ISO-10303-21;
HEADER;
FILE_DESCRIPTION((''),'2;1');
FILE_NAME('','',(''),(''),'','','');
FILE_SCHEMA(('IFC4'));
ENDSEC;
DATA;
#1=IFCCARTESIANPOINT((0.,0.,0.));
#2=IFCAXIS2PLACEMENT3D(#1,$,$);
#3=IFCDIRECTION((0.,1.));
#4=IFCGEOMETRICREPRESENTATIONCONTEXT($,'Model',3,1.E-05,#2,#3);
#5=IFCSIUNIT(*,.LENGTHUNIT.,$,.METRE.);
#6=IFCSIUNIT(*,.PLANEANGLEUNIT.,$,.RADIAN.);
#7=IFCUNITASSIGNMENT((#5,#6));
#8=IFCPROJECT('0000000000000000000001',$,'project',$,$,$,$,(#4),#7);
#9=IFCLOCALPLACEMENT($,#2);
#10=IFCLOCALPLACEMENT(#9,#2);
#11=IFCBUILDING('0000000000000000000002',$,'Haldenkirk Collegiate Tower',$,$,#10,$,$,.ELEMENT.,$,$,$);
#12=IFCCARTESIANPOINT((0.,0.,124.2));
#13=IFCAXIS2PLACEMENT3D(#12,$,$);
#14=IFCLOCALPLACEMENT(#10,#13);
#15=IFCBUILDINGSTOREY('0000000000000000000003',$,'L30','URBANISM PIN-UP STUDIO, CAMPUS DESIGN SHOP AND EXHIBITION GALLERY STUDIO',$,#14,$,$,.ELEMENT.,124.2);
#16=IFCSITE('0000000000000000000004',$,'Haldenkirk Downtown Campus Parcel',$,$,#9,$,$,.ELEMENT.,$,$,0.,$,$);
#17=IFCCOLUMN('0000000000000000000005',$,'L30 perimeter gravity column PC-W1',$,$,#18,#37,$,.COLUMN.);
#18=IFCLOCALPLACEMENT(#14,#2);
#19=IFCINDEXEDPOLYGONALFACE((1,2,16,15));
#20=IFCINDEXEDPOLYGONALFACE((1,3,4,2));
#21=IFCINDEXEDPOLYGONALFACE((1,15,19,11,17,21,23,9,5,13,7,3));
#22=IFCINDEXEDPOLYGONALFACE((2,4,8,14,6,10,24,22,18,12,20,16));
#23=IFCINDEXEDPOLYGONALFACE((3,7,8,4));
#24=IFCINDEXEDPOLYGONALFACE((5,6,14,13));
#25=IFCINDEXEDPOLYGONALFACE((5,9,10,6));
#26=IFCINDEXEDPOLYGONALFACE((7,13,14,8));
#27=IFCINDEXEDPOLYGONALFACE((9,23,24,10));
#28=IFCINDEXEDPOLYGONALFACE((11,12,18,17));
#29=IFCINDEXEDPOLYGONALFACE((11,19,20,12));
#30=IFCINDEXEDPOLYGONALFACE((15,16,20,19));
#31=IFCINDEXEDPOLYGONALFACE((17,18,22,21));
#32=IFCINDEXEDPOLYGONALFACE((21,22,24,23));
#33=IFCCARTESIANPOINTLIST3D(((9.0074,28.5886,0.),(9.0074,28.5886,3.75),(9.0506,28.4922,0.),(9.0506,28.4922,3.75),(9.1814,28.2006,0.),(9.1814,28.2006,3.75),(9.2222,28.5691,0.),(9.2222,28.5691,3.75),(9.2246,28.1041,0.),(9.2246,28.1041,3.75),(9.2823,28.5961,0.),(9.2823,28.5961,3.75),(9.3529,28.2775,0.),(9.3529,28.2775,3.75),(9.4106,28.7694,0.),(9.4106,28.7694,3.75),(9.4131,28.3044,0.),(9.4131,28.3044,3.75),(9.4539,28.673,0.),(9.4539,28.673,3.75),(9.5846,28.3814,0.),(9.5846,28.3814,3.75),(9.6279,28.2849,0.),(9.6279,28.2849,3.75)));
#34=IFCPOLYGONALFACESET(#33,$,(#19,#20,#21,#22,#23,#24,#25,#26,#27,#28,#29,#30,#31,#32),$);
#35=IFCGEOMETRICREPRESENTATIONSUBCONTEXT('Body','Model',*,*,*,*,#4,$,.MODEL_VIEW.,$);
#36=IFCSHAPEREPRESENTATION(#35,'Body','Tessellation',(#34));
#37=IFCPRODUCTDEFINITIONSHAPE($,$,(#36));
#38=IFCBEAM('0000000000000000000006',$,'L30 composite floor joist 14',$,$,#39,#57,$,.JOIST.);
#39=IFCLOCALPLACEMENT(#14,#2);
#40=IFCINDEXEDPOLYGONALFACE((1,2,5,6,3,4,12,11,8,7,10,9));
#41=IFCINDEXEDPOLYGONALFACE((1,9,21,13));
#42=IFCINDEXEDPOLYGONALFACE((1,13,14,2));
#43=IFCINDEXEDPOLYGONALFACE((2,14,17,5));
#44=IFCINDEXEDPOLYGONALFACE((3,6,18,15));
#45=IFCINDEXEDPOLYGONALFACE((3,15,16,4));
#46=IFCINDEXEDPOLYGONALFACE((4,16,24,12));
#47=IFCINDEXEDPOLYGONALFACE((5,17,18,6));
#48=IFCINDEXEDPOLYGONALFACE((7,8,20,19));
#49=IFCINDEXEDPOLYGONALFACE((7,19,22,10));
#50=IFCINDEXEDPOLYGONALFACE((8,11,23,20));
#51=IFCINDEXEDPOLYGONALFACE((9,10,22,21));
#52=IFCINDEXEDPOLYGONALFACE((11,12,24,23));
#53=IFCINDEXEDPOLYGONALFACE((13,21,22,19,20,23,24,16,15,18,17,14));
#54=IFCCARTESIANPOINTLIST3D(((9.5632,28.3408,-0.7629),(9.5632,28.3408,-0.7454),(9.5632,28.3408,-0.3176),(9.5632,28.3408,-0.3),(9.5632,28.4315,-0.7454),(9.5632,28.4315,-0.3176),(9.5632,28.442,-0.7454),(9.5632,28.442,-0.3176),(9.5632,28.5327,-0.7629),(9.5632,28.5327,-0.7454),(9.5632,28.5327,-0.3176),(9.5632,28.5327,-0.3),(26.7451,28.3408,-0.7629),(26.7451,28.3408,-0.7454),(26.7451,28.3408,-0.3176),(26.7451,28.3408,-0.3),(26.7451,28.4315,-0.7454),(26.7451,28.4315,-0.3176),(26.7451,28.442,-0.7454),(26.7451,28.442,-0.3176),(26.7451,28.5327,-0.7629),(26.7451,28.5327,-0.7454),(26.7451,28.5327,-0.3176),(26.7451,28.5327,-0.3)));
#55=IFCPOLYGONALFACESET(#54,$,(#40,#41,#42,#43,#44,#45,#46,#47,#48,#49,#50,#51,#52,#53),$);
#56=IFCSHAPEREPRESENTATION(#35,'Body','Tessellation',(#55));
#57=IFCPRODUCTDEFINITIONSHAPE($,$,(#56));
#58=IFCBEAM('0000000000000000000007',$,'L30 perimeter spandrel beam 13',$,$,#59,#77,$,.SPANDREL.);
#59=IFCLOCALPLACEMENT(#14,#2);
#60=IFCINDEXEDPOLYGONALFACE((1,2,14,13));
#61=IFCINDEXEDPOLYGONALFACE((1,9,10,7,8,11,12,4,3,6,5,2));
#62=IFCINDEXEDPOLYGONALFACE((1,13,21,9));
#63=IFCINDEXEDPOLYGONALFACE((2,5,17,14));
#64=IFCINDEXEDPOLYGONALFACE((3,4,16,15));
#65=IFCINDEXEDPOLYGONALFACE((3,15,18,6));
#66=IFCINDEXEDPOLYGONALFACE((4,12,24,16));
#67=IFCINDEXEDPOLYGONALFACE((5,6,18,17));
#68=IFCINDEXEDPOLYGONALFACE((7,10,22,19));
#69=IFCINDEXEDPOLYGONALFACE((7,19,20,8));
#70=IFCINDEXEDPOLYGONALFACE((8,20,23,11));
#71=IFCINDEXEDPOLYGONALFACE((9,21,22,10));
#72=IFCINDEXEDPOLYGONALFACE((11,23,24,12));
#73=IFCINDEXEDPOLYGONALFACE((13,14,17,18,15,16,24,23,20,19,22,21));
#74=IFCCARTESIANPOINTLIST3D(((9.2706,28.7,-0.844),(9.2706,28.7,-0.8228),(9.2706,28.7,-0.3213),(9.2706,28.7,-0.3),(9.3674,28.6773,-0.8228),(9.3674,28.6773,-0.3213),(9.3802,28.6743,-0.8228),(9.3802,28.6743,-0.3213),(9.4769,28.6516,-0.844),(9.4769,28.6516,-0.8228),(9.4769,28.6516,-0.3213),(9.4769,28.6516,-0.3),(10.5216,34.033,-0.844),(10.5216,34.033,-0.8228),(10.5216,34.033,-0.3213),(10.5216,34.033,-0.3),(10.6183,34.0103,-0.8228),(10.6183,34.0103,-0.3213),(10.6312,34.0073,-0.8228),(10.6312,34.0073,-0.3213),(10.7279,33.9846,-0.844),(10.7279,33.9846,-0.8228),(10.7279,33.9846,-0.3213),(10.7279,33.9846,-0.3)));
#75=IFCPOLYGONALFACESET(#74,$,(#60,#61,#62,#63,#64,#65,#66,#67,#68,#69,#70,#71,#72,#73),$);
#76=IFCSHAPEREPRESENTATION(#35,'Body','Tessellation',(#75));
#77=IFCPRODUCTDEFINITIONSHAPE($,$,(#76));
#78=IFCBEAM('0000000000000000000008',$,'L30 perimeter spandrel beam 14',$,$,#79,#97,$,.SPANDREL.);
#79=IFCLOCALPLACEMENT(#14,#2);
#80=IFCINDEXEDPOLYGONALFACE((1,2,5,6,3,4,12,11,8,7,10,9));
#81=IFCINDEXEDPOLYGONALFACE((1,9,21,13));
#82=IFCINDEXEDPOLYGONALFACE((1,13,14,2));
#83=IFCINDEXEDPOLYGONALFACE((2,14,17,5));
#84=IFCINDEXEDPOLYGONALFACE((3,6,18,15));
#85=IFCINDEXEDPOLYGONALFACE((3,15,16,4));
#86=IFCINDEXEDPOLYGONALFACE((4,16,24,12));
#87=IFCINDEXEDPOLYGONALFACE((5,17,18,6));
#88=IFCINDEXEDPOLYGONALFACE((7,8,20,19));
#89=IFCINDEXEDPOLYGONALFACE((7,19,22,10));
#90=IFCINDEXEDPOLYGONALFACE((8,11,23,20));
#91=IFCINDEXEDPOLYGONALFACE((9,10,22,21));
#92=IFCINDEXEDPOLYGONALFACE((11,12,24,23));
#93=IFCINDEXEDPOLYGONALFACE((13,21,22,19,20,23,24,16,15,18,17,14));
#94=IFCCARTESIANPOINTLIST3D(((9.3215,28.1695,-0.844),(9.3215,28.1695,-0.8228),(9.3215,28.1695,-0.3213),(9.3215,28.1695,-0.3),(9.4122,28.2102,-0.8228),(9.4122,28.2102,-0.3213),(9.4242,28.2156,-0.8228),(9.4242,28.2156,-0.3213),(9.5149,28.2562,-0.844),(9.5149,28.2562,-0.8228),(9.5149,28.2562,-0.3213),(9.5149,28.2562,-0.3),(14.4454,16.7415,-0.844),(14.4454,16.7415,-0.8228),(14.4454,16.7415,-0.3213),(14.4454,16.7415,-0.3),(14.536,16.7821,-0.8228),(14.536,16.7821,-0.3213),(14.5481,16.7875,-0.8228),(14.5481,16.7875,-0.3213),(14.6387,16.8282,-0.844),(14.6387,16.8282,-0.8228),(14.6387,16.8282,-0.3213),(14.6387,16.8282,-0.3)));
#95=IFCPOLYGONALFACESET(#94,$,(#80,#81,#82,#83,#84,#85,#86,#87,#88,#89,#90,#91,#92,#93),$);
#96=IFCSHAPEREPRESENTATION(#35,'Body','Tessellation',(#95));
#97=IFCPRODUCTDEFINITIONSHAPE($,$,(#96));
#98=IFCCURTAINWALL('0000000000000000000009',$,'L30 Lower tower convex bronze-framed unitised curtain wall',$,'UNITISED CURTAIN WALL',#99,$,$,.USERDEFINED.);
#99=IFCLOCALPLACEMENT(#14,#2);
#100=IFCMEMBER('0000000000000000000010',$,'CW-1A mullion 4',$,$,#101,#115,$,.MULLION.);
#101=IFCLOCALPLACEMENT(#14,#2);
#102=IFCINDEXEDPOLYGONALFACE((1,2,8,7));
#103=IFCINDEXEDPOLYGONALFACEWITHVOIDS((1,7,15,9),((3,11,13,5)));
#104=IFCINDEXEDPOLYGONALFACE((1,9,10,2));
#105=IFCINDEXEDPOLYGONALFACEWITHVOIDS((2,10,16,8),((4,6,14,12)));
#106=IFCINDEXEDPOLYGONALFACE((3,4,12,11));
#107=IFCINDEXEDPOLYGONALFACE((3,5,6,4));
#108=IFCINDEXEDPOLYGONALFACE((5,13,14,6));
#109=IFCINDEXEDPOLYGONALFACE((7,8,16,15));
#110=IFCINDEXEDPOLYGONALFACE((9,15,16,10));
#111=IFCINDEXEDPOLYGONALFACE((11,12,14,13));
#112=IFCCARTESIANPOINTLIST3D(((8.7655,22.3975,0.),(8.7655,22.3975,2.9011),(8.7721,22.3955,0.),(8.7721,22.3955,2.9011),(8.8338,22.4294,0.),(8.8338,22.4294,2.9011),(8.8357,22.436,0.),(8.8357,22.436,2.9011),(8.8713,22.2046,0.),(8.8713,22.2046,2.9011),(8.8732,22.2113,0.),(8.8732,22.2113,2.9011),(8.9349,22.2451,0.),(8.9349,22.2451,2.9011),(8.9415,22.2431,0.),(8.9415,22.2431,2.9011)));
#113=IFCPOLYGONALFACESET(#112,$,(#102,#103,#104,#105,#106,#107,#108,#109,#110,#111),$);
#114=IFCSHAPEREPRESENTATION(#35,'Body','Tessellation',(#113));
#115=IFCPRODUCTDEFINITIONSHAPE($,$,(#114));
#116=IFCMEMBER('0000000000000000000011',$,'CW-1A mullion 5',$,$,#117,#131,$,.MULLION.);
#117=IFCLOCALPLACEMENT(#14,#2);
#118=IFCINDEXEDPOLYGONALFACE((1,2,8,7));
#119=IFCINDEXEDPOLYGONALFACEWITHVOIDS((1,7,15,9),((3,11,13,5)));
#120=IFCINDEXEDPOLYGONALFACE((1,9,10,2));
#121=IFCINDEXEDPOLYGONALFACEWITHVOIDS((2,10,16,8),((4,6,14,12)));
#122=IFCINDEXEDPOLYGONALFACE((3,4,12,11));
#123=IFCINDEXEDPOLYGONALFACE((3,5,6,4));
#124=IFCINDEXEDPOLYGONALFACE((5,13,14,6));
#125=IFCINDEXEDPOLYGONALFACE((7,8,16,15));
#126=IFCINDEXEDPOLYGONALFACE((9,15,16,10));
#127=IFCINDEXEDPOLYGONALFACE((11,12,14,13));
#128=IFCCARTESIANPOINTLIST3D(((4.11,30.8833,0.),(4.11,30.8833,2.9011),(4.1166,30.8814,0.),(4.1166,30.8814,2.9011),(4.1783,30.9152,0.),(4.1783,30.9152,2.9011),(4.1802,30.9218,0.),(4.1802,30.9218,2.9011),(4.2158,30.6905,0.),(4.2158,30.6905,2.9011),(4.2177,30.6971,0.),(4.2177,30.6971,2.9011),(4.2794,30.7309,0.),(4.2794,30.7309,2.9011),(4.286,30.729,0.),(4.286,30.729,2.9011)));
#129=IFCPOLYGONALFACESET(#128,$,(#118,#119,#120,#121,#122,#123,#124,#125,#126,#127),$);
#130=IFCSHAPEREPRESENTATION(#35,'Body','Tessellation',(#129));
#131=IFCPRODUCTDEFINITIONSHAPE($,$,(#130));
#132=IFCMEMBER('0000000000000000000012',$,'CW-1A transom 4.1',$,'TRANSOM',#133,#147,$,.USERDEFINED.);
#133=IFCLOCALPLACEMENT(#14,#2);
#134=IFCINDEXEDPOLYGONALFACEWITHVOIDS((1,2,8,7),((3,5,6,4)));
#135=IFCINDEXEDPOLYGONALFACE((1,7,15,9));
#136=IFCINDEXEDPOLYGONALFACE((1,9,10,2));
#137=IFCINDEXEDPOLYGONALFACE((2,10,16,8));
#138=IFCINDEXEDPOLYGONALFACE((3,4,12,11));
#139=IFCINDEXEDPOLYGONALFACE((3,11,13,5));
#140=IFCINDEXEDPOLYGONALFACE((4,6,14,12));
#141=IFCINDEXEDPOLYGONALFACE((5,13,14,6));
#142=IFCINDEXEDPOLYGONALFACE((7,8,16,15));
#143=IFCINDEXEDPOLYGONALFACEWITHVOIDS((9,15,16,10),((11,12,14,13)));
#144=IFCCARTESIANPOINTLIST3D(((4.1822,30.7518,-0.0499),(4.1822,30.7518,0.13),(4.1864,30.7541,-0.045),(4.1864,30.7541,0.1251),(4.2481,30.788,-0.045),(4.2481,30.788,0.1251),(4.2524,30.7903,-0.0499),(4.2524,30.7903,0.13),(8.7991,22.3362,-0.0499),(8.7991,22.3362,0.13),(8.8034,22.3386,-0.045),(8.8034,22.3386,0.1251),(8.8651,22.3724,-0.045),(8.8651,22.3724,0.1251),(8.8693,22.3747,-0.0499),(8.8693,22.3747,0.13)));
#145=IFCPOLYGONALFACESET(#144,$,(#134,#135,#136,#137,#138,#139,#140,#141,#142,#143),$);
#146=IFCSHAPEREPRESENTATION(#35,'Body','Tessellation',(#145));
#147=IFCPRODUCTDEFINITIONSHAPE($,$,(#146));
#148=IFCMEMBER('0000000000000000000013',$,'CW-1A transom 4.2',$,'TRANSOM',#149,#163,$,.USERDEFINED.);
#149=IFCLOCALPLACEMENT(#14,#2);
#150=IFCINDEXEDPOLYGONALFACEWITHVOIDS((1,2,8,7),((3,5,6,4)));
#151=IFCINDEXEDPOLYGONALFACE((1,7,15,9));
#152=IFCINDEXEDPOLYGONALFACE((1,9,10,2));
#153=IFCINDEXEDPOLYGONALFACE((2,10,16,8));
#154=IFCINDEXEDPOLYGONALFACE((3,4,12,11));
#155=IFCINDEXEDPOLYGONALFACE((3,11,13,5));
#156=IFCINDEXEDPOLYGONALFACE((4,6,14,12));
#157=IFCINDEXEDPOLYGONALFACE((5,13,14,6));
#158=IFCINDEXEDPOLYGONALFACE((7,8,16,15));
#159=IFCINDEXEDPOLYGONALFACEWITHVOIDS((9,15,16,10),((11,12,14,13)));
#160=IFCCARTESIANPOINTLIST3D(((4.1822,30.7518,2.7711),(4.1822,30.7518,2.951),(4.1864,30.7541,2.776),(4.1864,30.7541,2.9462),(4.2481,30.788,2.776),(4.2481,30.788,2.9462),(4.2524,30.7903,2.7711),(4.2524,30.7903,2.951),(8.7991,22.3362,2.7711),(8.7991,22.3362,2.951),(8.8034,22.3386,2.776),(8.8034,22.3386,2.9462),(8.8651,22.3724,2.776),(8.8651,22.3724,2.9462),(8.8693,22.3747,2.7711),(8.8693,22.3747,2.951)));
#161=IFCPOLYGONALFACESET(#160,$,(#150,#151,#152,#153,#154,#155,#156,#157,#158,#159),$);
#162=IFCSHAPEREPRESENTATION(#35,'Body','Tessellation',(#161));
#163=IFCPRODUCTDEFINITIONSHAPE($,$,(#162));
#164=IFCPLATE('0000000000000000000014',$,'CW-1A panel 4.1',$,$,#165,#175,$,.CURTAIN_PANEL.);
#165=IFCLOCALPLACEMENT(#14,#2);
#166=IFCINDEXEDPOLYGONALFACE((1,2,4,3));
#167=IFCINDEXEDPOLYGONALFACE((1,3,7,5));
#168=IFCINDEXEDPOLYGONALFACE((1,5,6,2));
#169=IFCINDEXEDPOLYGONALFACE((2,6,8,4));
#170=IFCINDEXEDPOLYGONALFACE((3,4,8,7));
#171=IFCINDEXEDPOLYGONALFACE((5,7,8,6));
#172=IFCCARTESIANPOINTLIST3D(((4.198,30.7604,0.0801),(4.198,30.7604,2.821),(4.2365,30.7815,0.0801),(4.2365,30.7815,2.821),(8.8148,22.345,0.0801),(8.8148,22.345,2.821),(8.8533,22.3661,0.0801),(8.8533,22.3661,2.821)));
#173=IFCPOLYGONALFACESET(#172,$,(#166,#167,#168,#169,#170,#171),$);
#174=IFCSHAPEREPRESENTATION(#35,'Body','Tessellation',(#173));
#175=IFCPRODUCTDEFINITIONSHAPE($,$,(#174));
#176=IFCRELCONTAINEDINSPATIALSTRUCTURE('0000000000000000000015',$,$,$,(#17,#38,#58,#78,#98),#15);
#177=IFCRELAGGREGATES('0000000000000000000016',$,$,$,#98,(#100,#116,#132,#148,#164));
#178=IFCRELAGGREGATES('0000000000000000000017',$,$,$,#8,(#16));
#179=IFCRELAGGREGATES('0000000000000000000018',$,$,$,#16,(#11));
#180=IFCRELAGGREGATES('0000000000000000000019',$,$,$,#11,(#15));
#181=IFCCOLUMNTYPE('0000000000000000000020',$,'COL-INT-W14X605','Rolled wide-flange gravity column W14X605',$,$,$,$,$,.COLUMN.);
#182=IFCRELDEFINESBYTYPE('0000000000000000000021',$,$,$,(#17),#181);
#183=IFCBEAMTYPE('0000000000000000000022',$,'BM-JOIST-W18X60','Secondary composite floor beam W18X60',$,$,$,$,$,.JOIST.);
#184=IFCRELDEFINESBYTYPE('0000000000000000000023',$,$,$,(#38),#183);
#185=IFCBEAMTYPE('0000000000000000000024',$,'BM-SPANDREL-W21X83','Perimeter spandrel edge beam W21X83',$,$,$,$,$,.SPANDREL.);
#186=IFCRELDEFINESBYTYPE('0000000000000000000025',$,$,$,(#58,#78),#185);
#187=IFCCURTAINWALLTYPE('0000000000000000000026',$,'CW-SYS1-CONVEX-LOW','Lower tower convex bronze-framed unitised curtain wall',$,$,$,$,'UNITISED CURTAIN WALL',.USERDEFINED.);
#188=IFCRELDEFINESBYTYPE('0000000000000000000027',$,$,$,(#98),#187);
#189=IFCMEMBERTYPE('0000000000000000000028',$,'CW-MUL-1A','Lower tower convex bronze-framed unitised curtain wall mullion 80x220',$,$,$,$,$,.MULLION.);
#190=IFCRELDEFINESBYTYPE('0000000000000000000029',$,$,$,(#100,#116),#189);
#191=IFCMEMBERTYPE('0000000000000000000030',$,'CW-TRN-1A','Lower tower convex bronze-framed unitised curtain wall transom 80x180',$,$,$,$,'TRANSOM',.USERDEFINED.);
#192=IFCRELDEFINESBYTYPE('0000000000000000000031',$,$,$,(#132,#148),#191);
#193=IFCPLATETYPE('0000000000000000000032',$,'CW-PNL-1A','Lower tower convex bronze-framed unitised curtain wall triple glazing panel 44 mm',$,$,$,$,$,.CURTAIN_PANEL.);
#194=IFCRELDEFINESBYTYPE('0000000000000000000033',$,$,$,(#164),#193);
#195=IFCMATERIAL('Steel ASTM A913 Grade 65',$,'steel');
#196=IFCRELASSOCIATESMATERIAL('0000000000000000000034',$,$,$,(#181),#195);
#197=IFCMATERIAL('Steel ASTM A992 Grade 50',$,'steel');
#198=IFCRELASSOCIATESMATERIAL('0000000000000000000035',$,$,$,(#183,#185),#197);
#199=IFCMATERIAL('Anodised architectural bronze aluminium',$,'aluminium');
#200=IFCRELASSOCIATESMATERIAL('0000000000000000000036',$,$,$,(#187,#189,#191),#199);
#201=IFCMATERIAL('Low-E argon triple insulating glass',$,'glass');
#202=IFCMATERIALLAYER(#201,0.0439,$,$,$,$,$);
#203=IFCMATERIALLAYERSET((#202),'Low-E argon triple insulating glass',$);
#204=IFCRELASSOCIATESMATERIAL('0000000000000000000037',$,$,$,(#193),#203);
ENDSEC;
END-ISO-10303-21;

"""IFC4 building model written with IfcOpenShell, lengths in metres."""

from ifc_helpers import new_model, si_unit, direction, frame, origin, origin_2d, place, context, subcontext, project, spatial, rectangle, hollow_rectangle, i_section, extrude, source, transform, mapped, material, layer, layer_set, material_profile, profile_set, type_object, element, aggregate, save


model = new_model("IFC4")

# Units and contexts
model_context = context("Model", 3, precision=1e-05, world=origin(), true_north=direction((0.0, 1.0)))
body_context = subcontext(model_context, "Body", "Model", "MODEL_VIEW")
ifc_project = project(units=[si_unit("LENGTHUNIT", "METRE"), si_unit("PLANEANGLEUNIT", "RADIAN")], contexts=[model_context])

# Site, building, storey
site_placement = place(None, origin())
site = spatial("IfcSite", under=ifc_project, at=site_placement, Name="Haldenkirk Downtown Campus Parcel", CompositionType="ELEMENT", RefElevation=0.0)
building_placement = place(site_placement, origin())
building = spatial("IfcBuilding", under=site, at=building_placement, Name="Haldenkirk Collegiate Tower", CompositionType="ELEMENT")
storey_placement = place(building_placement, frame((0.0, 0.0, 124.2)))
storey = spatial("IfcBuildingStorey", under=building, at=storey_placement, Name="L30", Description="URBANISM PIN-UP STUDIO, CAMPUS DESIGN SHOP AND EXHIBITION GALLERY STUDIO", CompositionType="ELEMENT", Elevation=124.2)

# Column
ifc_material_1 = material(Name="Steel ASTM A913 Grade 65", Category="steel")
ifc_material_profile_1 = material_profile(ifc_material_1, i_section(OverallWidth=0.4419, OverallDepth=0.531, WebThickness=0.0659, FlangeThickness=0.1057, at=origin_2d()), Name="W14X605")
ifc_profile_set_1 = profile_set([ifc_material_profile_1], Name="Steel ASTM A913 Grade 65")
column_type = type_object("IfcColumnType", Name="COL-INT-W14X605", Description="Rolled wide-flange gravity column W14X605", PredefinedType="COLUMN", material=ifc_profile_set_1)
column_placement = place(storey_placement, frame((9.3176, 28.4368, 0.0), z_axis=(0.0, 0.0, 1.0), x_axis=(0.912477, 0.409127, 0.0)))
element("IfcColumn", 1, at=column_placement, inside=storey, type_object=column_type, Name="L30 perimeter gravity column PC-W1", PredefinedType="COLUMN", context=body_context, shape_type="SweptSolid", body=[
    extrude(i_section(OverallWidth=0.4419, OverallDepth=0.531, WebThickness=0.0659, FlangeThickness=0.1057, at=origin_2d()), origin(), (0.0, 0.0, 1.0), 3.75),
])

# Beams
ifc_material_2 = material(Name="Steel ASTM A992 Grade 50", Category="steel")
ifc_material_profile_2 = material_profile(ifc_material_2, i_section(OverallWidth=0.1919, OverallDepth=0.4629, WebThickness=0.0105, FlangeThickness=0.0176, at=origin_2d()), Name="W18X60")
ifc_profile_set_2 = profile_set([ifc_material_profile_2], Name="Steel ASTM A992 Grade 50")
beam_type_1 = type_object("IfcBeamType", Name="BM-JOIST-W18X60", Description="Secondary composite floor beam W18X60", PredefinedType="JOIST", material=ifc_profile_set_2)
beam_1_placement = place(storey_placement, frame((9.5632, 28.4368, -0.5315), z_axis=(1.0, 0.0, 0.0), x_axis=(0.0, 1.0, 0.0)))
element("IfcBeam", 2, at=beam_1_placement, inside=storey, type_object=beam_type_1, Name="L30 composite floor joist 14", PredefinedType="JOIST", context=body_context, shape_type="SweptSolid", body=[
    extrude(i_section(OverallWidth=0.1919, OverallDepth=0.4629, WebThickness=0.0105, FlangeThickness=0.0176, at=origin_2d()), origin(), (0.0, 0.0, 1.0), 17.1819),
])
ifc_material_profile_3 = material_profile(ifc_material_2, i_section(OverallWidth=0.2119, OverallDepth=0.5439, WebThickness=0.0132, FlangeThickness=0.0212, at=origin_2d()), Name="W21X83")
ifc_profile_set_3 = profile_set([ifc_material_profile_3], Name="Steel ASTM A992 Grade 50")
beam_type_2 = type_object("IfcBeamType", Name="BM-SPANDREL-W21X83", Description="Perimeter spandrel edge beam W21X83", PredefinedType="SPANDREL", material=ifc_profile_set_3)
beam_2_placement = place(storey_placement, frame((10.6248, 34.0088, -0.572), z_axis=(-0.228374, -0.973574, 0.0), x_axis=(0.973574, -0.228374, 0.0)))
element("IfcBeam", 3, at=beam_2_placement, inside=storey, type_object=beam_type_2, Name="L30 perimeter spandrel beam 13", PredefinedType="SPANDREL", context=body_context, shape_type="SweptSolid", body=[
    extrude(i_section(OverallWidth=0.2119, OverallDepth=0.5439, WebThickness=0.0132, FlangeThickness=0.0212, at=origin_2d()), origin(), (0.0, 0.0, 1.0), 5.4778),
])
beam_3_placement = place(storey_placement, frame((9.4182, 28.2129, -0.572), z_axis=(0.409115, -0.912483, 0.0), x_axis=(0.912483, 0.409115, 0.0)))
element("IfcBeam", 4, at=beam_3_placement, inside=storey, type_object=beam_type_2, Name="L30 perimeter spandrel beam 14", PredefinedType="SPANDREL", context=body_context, shape_type="SweptSolid", body=[
    extrude(i_section(OverallWidth=0.2119, OverallDepth=0.5439, WebThickness=0.0132, FlangeThickness=0.0212, at=origin_2d()), origin(), (0.0, 0.0, 1.0), 12.5242),
])

# Curtain wall, members, plate
ifc_material_3 = material(Name="Anodised architectural bronze aluminium", Category="aluminium")
curtain_wall_type = type_object("IfcCurtainWallType", Name="CW-SYS1-CONVEX-LOW", Description="Lower tower convex bronze-framed unitised curtain wall", ElementType="UNITISED CURTAIN WALL", PredefinedType="USERDEFINED", material=ifc_material_3)
curtain_wall_placement = place(storey_placement, origin())
curtain_wall = element("IfcCurtainWall", 5, at=curtain_wall_placement, inside=storey, type_object=curtain_wall_type, Name="L30 Lower tower convex bronze-framed unitised curtain wall", ObjectType="UNITISED CURTAIN WALL", PredefinedType="USERDEFINED")
ifc_material_profile_4 = material_profile(ifc_material_3, hollow_rectangle(XDim=0.0801, YDim=0.22, WallThickness=0.0049, at=origin_2d()), Name="CW-MUL-1A")
ifc_profile_set_4 = profile_set([ifc_material_profile_4], Name="Anodised architectural bronze aluminium")
member_type_1 = type_object("IfcMemberType", Name="CW-MUL-1A", Description="Lower tower convex bronze-framed unitised curtain wall mullion 80x220", PredefinedType="MULLION", material=ifc_profile_set_4)
member_1_placement = place(storey_placement, frame((8.8535, 22.3203, 0.0), z_axis=(0.0, 0.0, 1.0), x_axis=(-0.876727, -0.480989, 0.0)))
member_1 = element("IfcMember", 6, at=member_1_placement, type_object=member_type_1, Name="CW-1A mullion 4", PredefinedType="MULLION", context=body_context, shape_type="SweptSolid", body=[
    extrude(hollow_rectangle(XDim=0.0801, YDim=0.22, WallThickness=0.0049, at=origin_2d()), origin(), (0.0, 0.0, 1.0), 2.9011),
])
member_2_placement = place(storey_placement, frame((4.198, 30.8062, 0.0), z_axis=(0.0, 0.0, 1.0), x_axis=(-0.876727, -0.480989, 0.0)))
member_2 = element("IfcMember", 7, at=member_2_placement, type_object=member_type_1, Name="CW-1A mullion 5", PredefinedType="MULLION", context=body_context, shape_type="SweptSolid", body=[
    extrude(hollow_rectangle(XDim=0.0801, YDim=0.22, WallThickness=0.0049, at=origin_2d()), origin(), (0.0, 0.0, 1.0), 2.9011),
])
ifc_material_profile_5 = material_profile(ifc_material_3, hollow_rectangle(XDim=0.0801, YDim=0.1799, WallThickness=0.0049, at=origin_2d()), Name="CW-TRN-1A")
ifc_profile_set_5 = profile_set([ifc_material_profile_5], Name="Anodised architectural bronze aluminium")
member_type_2 = type_object("IfcMemberType", Name="CW-TRN-1A", Description="Lower tower convex bronze-framed unitised curtain wall transom 80x180", ElementType="TRANSOM", PredefinedType="USERDEFINED", material=ifc_profile_set_5)
member_3_placement = place(storey_placement, frame((8.8342, 22.3555, 0.04), z_axis=(-0.480991, 0.876726, 0.0), x_axis=(-0.876726, -0.480991, 0.0)))
member_3 = element("IfcMember", 8, at=member_3_placement, type_object=member_type_2, Name="CW-1A transom 4.1", ObjectType="TRANSOM", PredefinedType="USERDEFINED", context=body_context, shape_type="SweptSolid", body=[
    extrude(hollow_rectangle(XDim=0.0801, YDim=0.1799, WallThickness=0.0049, at=origin_2d()), origin(), (0.0, 0.0, 1.0), 9.5989),
])
member_4_placement = place(storey_placement, frame((8.8342, 22.3555, 2.8611), z_axis=(-0.480991, 0.876726, 0.0), x_axis=(-0.876726, -0.480991, 0.0)))
member_4 = element("IfcMember", 9, at=member_4_placement, type_object=member_type_2, Name="CW-1A transom 4.2", ObjectType="TRANSOM", PredefinedType="USERDEFINED", context=body_context, shape_type="SweptSolid", body=[
    extrude(hollow_rectangle(XDim=0.0801, YDim=0.1799, WallThickness=0.0049, at=origin_2d()), origin(), (0.0, 0.0, 1.0), 9.5989),
])
ifc_material_4 = material(Name="Low-E argon triple insulating glass", Category="glass")
ifc_layer_1 = layer(ifc_material_4, 0.0439)
ifc_layer_set_1 = layer_set([ifc_layer_1], Name="Low-E argon triple insulating glass")
plate_type = type_object("IfcPlateType", Name="CW-PNL-1A", Description="Lower tower convex bronze-framed unitised curtain wall triple glazing panel 44 mm", PredefinedType="CURTAIN_PANEL", material=ifc_layer_set_1)
shared_shape_1 = source(origin(), body_context, "Body", "SweptSolid", [
    extrude(rectangle(XDim=9.5986, YDim=0.0439, at=origin_2d()), origin(), (0.0, 0.0, 1.0), 2.741),
])
plate_1_placement = place(storey_placement, frame((6.5256, 26.5632, 0.0801), z_axis=(0.0, 0.0, 1.0), x_axis=(-0.480989, 0.876727, 0.0)))
plate_1 = element("IfcPlate", 10, at=plate_1_placement, type_object=plate_type, Name="CW-1A panel 4.1", PredefinedType="CURTAIN_PANEL", context=body_context, shape_type="MappedRepresentation", body=[
    mapped(shared_shape_1, transform((0.0, 0.0, 0.0), x_axis=(1.0, 0.0, 0.0), y_axis=(0.0, 1.0, 0.0), z_axis=(0.0, 0.0, 1.0), scale=1.0)),
])
aggregate(curtain_wall, [member_1, member_2, member_3, member_4, plate_1])

save(model, "model.ifc")
